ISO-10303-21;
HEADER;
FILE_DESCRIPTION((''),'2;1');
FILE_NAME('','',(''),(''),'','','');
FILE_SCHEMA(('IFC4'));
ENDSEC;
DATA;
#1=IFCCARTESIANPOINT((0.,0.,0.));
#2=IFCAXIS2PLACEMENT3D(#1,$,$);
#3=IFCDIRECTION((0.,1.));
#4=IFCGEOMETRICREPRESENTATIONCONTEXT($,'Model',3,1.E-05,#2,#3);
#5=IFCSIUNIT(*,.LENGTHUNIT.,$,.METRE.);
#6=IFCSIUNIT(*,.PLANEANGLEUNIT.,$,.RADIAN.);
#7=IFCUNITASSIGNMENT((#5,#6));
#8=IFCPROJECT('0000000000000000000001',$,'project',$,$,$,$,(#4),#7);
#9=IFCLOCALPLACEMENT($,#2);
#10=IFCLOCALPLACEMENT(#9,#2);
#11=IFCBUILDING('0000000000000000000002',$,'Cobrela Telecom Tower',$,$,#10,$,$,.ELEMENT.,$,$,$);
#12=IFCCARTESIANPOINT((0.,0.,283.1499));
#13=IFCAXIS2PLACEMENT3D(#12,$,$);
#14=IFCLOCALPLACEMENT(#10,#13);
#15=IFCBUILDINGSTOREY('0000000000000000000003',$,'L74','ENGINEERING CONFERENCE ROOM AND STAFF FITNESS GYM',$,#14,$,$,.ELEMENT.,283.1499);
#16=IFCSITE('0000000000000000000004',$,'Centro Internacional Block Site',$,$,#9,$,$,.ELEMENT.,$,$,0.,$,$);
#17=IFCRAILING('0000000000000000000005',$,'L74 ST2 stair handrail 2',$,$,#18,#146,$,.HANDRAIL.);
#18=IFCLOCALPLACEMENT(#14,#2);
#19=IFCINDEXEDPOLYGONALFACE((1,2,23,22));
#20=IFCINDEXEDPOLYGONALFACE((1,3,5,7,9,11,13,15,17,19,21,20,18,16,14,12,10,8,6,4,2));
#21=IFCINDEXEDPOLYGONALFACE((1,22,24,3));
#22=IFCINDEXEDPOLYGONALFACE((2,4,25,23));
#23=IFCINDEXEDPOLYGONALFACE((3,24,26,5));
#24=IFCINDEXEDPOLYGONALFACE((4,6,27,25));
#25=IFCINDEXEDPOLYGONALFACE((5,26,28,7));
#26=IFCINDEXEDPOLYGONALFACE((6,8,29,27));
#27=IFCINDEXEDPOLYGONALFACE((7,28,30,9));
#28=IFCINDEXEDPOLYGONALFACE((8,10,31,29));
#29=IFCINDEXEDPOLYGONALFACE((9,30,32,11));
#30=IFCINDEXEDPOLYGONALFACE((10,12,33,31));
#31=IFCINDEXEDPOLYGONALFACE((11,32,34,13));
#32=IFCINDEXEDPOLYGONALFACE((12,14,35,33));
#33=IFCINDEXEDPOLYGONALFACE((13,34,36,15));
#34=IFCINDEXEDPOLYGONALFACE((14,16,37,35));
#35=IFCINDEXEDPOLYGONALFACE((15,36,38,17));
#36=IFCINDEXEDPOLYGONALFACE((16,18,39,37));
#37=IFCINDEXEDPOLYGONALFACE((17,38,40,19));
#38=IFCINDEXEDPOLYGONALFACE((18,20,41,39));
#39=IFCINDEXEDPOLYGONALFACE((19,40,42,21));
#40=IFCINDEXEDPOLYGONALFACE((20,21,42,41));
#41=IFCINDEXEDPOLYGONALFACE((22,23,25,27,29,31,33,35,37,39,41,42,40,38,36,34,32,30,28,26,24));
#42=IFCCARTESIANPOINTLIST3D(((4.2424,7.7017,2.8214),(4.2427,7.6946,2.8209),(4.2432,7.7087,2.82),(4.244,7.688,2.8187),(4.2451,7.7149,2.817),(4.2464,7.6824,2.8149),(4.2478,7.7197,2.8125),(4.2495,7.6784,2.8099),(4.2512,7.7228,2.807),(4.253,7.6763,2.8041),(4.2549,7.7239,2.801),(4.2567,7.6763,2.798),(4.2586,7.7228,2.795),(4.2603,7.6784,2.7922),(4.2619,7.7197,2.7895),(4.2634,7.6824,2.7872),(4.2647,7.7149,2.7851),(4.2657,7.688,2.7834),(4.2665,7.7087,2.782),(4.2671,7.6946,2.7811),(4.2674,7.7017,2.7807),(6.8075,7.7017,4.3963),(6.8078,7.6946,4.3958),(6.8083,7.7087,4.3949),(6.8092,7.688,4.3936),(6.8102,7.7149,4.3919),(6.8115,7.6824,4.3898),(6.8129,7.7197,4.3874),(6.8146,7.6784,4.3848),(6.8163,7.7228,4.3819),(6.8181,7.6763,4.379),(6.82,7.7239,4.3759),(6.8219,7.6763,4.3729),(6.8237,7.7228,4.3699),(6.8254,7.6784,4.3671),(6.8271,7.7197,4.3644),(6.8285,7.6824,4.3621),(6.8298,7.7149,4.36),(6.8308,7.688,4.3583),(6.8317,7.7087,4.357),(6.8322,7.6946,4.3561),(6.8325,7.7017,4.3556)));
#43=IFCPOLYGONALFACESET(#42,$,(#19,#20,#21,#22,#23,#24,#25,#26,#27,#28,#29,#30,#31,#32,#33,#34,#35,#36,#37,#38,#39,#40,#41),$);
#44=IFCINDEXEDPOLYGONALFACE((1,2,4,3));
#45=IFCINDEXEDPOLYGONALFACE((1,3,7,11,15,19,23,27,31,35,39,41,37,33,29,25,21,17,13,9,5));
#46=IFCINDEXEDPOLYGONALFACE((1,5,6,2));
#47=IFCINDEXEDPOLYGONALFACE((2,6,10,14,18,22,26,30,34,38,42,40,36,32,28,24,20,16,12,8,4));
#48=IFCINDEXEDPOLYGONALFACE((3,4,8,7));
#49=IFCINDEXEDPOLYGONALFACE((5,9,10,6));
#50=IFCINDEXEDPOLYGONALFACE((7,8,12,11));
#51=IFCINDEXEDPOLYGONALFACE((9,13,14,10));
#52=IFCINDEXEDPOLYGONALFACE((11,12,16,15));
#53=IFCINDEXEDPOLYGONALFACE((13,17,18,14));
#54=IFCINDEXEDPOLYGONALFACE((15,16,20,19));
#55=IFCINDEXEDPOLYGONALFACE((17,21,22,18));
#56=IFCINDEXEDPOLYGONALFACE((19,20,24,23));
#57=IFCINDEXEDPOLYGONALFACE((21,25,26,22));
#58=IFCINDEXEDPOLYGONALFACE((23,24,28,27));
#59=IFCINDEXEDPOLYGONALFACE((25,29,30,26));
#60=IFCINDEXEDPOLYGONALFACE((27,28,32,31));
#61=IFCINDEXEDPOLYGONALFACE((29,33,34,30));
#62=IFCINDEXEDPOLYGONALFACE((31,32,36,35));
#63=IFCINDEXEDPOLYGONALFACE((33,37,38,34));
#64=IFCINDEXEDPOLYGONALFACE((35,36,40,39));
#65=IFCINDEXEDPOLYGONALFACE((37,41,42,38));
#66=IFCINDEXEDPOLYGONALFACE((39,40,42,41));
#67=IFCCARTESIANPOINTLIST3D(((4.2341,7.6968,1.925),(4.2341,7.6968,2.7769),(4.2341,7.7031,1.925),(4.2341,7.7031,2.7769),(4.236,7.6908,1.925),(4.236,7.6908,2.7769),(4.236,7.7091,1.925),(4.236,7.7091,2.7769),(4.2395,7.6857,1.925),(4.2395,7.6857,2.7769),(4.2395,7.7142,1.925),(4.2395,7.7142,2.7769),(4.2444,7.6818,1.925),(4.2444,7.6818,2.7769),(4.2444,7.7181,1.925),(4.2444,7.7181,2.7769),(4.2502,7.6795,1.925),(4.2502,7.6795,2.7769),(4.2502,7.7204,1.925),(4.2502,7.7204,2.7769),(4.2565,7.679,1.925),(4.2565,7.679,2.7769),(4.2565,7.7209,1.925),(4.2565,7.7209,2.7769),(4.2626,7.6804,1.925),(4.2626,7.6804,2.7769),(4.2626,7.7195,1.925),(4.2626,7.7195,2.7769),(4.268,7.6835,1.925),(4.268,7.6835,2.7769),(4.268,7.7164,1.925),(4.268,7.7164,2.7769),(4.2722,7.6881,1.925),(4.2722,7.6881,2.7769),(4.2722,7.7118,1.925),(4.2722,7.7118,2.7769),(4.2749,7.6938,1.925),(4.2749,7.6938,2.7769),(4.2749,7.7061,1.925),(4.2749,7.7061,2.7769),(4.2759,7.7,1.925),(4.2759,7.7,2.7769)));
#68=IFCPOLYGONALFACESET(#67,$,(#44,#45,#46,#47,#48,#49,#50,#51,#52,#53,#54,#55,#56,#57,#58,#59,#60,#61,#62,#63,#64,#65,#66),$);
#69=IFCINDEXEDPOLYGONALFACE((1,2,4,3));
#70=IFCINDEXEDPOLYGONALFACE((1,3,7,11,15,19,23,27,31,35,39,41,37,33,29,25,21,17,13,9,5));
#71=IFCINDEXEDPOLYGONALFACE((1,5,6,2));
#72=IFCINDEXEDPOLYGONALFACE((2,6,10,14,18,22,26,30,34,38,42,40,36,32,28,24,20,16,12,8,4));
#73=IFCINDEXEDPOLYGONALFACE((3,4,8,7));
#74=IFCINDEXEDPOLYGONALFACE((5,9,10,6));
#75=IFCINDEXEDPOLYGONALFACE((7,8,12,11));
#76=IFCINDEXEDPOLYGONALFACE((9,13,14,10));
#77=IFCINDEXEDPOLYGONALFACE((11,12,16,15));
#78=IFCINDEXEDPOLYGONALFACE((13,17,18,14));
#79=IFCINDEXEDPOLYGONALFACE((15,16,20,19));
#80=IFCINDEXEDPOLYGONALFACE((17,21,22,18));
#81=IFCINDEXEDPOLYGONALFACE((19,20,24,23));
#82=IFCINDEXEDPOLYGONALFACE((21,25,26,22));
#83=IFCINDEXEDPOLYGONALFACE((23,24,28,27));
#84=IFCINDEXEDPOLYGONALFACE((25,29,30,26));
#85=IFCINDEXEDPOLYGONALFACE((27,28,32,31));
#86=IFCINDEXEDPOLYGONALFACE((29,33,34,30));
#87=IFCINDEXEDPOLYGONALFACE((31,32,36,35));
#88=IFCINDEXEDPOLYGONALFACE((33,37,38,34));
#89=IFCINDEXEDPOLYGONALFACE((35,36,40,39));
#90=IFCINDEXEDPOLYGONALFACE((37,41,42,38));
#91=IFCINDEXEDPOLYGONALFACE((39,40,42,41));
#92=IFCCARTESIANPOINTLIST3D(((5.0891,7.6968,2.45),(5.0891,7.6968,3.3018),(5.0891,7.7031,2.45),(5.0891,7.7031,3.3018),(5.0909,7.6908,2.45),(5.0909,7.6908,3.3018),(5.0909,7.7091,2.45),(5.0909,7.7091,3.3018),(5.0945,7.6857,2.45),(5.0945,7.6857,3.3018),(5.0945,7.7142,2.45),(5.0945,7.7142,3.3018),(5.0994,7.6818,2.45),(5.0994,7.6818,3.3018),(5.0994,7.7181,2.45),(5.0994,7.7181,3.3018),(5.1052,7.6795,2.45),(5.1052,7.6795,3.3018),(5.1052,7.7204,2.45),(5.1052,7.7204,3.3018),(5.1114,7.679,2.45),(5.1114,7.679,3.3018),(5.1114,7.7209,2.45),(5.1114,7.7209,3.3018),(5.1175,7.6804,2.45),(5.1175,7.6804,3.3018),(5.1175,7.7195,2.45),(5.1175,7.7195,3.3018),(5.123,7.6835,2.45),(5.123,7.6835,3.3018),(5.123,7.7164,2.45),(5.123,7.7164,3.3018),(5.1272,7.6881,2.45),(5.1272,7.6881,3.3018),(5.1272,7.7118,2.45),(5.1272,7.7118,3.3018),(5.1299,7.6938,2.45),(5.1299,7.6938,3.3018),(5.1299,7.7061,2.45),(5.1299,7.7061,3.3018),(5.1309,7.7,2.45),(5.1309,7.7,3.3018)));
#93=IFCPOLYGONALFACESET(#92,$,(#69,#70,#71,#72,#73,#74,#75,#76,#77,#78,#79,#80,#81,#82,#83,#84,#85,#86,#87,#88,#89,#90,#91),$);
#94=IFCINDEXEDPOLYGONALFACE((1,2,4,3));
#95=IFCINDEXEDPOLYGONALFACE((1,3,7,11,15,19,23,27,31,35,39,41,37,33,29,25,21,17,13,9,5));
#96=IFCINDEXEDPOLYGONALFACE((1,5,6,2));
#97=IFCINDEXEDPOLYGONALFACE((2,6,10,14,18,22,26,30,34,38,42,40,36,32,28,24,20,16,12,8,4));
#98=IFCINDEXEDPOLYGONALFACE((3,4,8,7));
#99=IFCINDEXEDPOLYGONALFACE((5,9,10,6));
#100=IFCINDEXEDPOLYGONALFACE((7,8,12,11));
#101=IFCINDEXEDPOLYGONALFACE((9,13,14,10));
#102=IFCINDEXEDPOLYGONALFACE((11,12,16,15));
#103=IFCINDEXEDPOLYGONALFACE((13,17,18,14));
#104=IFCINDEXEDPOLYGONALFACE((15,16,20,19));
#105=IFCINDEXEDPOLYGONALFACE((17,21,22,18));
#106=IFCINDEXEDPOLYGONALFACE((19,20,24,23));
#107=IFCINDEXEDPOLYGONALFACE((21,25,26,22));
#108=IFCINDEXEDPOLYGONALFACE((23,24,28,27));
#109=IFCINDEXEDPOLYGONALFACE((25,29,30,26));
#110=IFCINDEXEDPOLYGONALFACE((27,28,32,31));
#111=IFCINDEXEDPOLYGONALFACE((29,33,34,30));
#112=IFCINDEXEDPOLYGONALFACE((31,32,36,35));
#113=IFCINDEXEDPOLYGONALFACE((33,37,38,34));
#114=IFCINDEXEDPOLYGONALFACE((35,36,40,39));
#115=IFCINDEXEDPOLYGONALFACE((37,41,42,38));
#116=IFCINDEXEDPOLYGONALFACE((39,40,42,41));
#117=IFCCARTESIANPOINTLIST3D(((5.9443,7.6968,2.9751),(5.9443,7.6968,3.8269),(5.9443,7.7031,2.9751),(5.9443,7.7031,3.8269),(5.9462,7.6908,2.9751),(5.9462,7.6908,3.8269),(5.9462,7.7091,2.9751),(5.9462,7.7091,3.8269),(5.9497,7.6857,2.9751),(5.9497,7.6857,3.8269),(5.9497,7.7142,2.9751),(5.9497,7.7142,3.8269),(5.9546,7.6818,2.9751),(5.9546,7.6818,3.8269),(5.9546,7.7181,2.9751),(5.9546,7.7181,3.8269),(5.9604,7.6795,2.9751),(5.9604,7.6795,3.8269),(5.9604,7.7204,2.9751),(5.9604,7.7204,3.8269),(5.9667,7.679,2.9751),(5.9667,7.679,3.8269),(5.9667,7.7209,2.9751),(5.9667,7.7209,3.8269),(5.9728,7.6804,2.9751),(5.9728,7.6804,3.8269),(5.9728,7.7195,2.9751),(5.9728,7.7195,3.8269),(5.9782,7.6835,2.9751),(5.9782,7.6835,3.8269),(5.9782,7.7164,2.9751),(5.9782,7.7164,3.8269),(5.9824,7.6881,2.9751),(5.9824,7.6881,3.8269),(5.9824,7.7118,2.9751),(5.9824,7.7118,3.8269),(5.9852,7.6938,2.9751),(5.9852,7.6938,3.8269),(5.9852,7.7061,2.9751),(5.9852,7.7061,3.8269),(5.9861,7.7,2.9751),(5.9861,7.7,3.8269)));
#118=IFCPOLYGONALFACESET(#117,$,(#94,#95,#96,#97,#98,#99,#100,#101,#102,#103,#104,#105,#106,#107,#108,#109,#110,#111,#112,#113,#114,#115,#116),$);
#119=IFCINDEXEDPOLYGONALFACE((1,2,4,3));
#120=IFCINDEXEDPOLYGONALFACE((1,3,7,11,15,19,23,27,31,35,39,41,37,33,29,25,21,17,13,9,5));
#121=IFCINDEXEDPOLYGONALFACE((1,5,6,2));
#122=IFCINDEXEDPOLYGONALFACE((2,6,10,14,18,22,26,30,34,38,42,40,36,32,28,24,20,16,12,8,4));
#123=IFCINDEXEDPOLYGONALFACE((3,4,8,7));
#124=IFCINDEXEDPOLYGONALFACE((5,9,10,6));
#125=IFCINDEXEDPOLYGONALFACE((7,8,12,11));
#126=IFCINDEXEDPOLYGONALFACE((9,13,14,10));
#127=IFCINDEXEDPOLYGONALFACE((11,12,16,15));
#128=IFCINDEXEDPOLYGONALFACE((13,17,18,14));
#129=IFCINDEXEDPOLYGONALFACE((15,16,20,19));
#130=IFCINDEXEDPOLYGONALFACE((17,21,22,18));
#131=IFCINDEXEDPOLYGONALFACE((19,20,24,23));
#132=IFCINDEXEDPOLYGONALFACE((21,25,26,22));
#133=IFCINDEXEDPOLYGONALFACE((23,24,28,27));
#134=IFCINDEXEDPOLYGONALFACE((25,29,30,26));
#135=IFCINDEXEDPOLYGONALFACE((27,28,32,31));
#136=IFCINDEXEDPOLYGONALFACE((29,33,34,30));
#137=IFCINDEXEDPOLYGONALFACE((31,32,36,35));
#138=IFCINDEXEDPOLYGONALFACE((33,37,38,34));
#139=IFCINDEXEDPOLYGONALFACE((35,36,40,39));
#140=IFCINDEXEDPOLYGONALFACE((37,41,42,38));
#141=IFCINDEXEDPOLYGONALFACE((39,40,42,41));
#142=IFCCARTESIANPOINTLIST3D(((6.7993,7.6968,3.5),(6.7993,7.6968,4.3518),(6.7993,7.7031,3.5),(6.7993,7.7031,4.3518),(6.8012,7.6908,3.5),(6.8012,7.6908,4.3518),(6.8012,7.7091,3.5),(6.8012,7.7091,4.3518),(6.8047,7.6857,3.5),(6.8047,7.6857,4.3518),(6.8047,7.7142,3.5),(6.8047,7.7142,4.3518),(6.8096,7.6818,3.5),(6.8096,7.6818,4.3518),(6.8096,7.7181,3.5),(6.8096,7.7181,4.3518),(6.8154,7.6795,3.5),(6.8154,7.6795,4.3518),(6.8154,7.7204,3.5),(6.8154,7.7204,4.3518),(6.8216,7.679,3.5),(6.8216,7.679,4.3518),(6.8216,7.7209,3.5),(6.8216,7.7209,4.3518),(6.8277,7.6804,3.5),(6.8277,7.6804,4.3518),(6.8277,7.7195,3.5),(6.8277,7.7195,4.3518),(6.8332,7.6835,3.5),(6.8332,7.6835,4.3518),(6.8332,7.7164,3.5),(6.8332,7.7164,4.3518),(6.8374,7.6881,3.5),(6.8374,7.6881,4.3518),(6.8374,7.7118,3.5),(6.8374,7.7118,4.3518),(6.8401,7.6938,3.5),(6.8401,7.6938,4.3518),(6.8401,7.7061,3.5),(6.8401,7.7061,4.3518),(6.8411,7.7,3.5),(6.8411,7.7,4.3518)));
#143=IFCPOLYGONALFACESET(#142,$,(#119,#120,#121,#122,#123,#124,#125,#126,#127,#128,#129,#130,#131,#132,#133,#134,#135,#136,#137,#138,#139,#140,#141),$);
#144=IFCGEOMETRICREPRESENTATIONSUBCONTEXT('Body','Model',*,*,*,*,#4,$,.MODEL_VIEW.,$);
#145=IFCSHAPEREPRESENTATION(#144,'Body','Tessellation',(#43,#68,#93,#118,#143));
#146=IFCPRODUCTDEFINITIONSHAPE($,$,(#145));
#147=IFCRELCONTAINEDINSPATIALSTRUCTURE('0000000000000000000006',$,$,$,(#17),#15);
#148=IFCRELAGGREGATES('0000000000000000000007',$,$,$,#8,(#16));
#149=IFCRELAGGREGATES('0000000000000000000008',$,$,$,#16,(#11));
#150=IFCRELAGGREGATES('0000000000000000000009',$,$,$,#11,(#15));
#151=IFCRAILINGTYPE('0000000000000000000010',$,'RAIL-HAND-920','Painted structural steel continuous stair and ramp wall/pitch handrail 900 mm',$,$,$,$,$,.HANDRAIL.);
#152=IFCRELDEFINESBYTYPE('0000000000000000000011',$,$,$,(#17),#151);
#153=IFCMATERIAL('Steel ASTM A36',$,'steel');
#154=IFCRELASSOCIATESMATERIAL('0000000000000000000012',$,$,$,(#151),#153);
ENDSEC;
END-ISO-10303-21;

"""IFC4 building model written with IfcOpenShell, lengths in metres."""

from ifc_helpers import new_model, si_unit, direction, frame, origin, origin_2d, place, context, subcontext, project, spatial, circle, extrude, material, type_object, element, save


model = new_model("IFC4")

# Units and contexts
model_context = context("Model", 3, precision=1e-05, world=origin(), true_north=direction((0.0, 1.0)))
body_context = subcontext(model_context, "Body", "Model", "MODEL_VIEW")
ifc_project = project(units=[si_unit("LENGTHUNIT", "METRE"), si_unit("PLANEANGLEUNIT", "RADIAN")], contexts=[model_context])

# Site, building, storey
site_placement = place(None, origin())
site = spatial("IfcSite", under=ifc_project, at=site_placement, Name="Centro Internacional Block Site", CompositionType="ELEMENT", RefElevation=0.0)
building_placement = place(site_placement, origin())
building = spatial("IfcBuilding", under=site, at=building_placement, Name="Cobrela Telecom Tower", CompositionType="ELEMENT")
storey_placement = place(building_placement, frame((0.0, 0.0, 283.1499)))
storey = spatial("IfcBuildingStorey", under=building, at=storey_placement, Name="L74", Description="ENGINEERING CONFERENCE ROOM AND STAFF FITNESS GYM", CompositionType="ELEMENT", Elevation=283.1499)

# Railing
ifc_material_1 = material(Name="Steel ASTM A36", Category="steel")
railing_type_1 = type_object("IfcRailingType", Name="RAIL-HAND-920", Description="Painted structural steel continuous stair and ramp wall/pitch handrail 900 mm", PredefinedType="HANDRAIL", material=ifc_material_1)
railing_1_placement = place(storey_placement, frame((4.2549, 7.7, 1.925)))
element("IfcRailing", 1, at=railing_1_placement, inside=storey, type_object=railing_type_1, Name="L74 ST2 stair handrail 2", PredefinedType="HANDRAIL", context=body_context, shape_type="SweptSolid", body=[
    extrude(circle(Radius=0.0239, at=origin_2d()), frame((0.0, 0.0, 0.876), z_axis=(0.852195, 0.0, 0.523224), x_axis=(0.0, 1.0, 0.0)), (0.0, 0.0, 1.0), 3.01),
    extrude(circle(Radius=0.021, at=origin_2d()), origin(), (0.0, 0.0, 1.0), 0.8518),
    extrude(circle(Radius=0.021, at=origin_2d()), frame((0.855, 0.0, 0.5249)), (0.0, 0.0, 1.0), 0.8518),
    extrude(circle(Radius=0.021, at=origin_2d()), frame((1.7102, 0.0, 1.05)), (0.0, 0.0, 1.0), 0.8518),
    extrude(circle(Radius=0.021, at=origin_2d()), frame((2.5652, 0.0, 1.575)), (0.0, 0.0, 1.0), 0.8518),
])

save(model, "model.ifc")
